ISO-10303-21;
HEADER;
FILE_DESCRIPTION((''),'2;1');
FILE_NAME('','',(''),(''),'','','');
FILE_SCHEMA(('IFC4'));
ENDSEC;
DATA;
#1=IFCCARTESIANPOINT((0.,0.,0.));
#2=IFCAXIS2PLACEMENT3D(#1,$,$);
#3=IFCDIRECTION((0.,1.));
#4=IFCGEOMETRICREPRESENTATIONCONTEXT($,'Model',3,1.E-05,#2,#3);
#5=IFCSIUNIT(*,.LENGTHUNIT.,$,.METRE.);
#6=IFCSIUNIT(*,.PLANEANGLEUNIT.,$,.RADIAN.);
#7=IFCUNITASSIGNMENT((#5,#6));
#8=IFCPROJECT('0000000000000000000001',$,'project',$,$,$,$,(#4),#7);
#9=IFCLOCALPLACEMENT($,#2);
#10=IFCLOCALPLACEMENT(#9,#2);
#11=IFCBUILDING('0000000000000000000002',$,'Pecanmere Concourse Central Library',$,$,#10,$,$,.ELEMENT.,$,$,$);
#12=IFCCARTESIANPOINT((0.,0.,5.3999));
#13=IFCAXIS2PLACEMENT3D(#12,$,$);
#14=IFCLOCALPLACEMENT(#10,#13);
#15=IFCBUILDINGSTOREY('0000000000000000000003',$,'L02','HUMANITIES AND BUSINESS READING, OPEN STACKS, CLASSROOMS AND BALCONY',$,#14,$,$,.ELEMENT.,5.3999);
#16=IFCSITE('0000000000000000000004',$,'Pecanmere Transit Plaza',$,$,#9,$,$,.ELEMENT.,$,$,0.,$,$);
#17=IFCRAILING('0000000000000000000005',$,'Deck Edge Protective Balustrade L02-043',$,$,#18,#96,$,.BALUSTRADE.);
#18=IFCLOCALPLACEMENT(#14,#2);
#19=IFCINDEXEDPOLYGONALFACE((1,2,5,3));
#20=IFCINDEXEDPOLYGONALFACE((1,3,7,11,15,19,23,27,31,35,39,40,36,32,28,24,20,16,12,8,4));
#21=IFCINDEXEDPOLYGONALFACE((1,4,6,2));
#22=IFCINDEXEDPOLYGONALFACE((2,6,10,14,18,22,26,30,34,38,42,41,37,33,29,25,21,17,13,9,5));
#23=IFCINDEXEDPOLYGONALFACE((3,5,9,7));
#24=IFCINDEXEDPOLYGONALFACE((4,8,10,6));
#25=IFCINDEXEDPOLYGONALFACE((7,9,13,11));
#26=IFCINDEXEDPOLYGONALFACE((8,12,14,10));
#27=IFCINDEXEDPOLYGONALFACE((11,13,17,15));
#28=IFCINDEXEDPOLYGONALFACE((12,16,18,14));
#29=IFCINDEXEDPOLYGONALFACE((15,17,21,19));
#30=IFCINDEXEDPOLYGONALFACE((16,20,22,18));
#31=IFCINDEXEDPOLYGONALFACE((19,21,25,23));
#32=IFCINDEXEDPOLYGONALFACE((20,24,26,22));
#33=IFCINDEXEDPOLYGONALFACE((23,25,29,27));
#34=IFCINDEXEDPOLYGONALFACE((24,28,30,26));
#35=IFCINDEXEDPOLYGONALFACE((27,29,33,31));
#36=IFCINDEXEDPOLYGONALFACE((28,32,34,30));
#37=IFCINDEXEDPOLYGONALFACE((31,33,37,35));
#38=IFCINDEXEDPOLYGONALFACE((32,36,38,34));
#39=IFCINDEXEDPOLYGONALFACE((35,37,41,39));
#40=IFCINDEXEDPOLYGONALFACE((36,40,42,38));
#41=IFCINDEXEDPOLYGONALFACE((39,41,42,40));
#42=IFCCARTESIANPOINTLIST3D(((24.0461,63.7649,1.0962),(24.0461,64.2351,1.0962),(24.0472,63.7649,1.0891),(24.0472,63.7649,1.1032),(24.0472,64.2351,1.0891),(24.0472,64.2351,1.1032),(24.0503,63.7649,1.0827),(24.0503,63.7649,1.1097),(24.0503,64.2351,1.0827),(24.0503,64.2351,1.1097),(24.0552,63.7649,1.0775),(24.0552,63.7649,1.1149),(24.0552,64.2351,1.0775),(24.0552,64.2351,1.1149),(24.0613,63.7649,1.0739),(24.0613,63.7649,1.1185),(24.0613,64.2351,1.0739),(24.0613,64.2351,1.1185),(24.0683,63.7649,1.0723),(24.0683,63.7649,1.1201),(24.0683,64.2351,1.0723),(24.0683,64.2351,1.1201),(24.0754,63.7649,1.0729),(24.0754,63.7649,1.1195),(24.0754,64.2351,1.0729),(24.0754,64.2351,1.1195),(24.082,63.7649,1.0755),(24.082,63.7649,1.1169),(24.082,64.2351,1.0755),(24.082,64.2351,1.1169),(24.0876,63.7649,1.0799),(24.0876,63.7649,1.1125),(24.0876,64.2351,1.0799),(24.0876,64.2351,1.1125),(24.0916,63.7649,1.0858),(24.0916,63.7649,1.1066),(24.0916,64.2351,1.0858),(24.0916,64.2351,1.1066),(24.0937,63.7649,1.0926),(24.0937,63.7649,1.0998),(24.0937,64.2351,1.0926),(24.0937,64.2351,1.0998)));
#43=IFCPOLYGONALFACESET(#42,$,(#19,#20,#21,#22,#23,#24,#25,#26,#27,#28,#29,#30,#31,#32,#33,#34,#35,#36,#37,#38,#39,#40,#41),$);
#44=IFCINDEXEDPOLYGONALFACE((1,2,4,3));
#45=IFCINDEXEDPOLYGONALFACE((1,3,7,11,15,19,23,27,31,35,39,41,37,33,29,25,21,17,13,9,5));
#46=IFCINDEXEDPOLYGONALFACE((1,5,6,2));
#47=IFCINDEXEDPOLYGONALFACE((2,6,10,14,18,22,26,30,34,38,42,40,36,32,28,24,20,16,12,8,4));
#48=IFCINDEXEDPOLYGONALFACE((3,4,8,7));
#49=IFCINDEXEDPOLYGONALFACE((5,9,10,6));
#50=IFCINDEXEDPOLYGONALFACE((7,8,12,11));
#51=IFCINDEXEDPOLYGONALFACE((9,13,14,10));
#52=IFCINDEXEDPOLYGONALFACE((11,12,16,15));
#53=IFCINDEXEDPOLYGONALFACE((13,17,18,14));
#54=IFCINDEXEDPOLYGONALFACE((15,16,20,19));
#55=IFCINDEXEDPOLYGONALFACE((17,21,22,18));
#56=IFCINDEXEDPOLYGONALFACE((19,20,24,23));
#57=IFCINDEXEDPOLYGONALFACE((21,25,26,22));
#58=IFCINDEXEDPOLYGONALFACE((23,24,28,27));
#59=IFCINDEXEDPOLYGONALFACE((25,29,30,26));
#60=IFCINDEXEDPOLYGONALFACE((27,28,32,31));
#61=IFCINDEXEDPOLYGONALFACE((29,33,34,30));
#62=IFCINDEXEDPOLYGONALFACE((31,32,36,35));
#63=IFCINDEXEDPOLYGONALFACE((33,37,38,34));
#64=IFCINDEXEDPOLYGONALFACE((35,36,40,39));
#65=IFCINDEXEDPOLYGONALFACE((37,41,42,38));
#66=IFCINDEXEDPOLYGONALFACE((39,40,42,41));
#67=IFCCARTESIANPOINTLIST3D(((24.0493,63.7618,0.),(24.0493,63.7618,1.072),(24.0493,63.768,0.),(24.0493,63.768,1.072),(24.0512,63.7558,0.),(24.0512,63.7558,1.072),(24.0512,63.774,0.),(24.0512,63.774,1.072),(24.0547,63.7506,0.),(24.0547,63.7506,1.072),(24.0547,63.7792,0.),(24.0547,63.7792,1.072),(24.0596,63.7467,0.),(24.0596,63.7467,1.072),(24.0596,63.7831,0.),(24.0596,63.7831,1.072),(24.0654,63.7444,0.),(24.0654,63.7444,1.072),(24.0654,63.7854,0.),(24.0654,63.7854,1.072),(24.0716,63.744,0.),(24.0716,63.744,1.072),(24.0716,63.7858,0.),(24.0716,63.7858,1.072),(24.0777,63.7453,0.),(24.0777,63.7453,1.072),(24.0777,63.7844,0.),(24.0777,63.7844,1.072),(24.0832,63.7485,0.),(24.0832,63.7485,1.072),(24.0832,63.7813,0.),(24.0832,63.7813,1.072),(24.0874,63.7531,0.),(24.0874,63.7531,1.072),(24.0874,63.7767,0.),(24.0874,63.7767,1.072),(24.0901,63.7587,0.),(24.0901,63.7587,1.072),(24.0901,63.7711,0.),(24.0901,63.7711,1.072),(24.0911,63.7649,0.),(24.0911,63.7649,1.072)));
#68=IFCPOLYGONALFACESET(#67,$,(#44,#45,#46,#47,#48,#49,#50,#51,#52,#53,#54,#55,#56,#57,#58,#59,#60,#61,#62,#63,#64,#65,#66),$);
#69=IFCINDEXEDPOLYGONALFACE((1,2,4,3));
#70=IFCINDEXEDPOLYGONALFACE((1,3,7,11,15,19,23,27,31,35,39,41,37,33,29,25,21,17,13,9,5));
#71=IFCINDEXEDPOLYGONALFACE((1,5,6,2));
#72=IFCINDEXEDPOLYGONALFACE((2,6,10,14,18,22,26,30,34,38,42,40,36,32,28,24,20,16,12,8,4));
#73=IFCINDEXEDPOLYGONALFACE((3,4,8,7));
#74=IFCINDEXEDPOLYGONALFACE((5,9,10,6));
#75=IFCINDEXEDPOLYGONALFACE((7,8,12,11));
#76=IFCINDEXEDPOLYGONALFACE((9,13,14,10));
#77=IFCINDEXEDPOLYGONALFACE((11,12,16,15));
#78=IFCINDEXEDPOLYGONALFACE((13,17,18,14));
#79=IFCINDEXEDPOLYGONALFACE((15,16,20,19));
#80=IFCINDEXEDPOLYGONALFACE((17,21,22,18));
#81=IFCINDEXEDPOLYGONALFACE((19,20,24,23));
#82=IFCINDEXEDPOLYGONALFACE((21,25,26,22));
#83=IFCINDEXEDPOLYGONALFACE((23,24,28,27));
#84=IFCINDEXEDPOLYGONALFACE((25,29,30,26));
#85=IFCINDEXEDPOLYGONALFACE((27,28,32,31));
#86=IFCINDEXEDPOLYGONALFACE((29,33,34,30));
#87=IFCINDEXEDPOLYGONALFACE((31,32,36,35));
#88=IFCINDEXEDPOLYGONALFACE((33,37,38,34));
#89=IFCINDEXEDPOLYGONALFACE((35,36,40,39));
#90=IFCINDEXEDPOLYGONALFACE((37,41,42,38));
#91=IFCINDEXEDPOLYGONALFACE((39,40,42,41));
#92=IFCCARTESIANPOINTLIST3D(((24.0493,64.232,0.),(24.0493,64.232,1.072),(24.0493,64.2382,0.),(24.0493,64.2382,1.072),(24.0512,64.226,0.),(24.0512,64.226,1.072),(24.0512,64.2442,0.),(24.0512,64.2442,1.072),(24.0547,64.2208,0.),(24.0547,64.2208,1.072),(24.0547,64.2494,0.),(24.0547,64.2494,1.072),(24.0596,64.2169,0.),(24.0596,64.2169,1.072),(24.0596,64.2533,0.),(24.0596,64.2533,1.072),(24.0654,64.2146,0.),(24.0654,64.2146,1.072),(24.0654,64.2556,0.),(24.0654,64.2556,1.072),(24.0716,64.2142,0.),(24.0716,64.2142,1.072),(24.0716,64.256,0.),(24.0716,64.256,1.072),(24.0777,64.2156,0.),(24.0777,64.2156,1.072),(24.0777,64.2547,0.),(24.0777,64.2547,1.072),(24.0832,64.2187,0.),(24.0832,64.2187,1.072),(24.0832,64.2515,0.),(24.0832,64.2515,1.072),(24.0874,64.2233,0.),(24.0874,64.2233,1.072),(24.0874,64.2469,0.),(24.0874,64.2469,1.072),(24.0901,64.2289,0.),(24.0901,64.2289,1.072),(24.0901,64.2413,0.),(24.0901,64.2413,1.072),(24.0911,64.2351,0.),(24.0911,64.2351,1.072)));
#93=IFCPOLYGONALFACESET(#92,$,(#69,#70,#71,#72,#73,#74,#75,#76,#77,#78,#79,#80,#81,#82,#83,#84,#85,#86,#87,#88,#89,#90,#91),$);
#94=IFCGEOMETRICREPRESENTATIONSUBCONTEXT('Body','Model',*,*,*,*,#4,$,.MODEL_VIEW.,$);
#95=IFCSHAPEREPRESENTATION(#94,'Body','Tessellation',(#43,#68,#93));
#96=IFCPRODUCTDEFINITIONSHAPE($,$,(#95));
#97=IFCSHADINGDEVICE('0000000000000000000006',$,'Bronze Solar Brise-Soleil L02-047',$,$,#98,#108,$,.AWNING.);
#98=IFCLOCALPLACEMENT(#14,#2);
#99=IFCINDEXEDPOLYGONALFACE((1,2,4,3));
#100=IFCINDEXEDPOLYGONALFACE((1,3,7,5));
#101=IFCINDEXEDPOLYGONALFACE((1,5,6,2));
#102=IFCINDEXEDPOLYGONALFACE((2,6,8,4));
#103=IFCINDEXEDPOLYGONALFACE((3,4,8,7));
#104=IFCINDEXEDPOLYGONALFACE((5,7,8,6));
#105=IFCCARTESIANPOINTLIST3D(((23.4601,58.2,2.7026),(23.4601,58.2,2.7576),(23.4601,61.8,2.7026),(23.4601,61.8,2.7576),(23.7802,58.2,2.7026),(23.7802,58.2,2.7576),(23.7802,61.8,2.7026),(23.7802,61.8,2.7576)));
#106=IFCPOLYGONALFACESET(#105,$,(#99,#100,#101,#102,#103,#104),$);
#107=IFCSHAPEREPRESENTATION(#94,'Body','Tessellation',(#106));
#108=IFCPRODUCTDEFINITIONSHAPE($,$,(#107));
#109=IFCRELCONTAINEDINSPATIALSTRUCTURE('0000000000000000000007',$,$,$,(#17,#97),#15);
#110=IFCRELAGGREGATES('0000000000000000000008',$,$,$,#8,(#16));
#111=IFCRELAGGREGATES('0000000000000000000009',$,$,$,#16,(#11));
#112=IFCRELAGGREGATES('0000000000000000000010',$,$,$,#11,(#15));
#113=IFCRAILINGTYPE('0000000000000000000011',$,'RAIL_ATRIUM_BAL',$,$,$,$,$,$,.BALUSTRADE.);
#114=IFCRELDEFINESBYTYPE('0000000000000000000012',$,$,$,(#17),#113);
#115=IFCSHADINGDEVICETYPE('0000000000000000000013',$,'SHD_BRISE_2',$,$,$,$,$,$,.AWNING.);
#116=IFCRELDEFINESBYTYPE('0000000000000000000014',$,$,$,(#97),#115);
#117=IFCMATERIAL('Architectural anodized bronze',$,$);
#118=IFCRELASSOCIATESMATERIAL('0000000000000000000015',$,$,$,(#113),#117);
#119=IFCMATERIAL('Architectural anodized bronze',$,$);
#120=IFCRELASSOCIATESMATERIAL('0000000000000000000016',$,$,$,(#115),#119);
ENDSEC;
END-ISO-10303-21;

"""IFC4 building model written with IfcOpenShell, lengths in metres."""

from ifc_helpers import new_model, si_unit, direction, frame, origin, origin_2d, place, context, subcontext, project, spatial, rectangle, circle, extrude, material, type_object, element, save


model = new_model("IFC4")

# Units and contexts
model_context = context("Model", 3, precision=1e-05, world=origin(), true_north=direction((0.0, 1.0)))
body_context = subcontext(model_context, "Body", "Model", "MODEL_VIEW")
ifc_project = project(units=[si_unit("LENGTHUNIT", "METRE"), si_unit("PLANEANGLEUNIT", "RADIAN")], contexts=[model_context])

# Site, building, storey
site_placement = place(None, origin())
site = spatial("IfcSite", under=ifc_project, at=site_placement, Name="Pecanmere Transit Plaza", CompositionType="ELEMENT", RefElevation=0.0)
building_placement = place(site_placement, origin())
building = spatial("IfcBuilding", under=site, at=building_placement, Name="Pecanmere Concourse Central Library", CompositionType="ELEMENT")
storey_placement = place(building_placement, frame((0.0, 0.0, 5.3999)))
storey = spatial("IfcBuildingStorey", under=building, at=storey_placement, Name="L02", Description="HUMANITIES AND BUSINESS READING, OPEN STACKS, CLASSROOMS AND BALCONY", CompositionType="ELEMENT", Elevation=5.3999)

# Railing
ifc_material_1 = material(Name="Architectural anodized bronze")
railing_type = type_object("IfcRailingType", Name="RAIL_ATRIUM_BAL", PredefinedType="BALUSTRADE", material=ifc_material_1)
for number, where, name in (
    (1, (24.0701, 63.7649, 0.0), "Deck Edge Protective Balustrade L02-043"),
):
    element("IfcRailing", number, at=place(storey_placement, frame(where)), inside=storey, type_object=railing_type, Name=name, PredefinedType="BALUSTRADE", context=body_context, shape_type="SweptSolid", body=[
        extrude(circle(Radius=0.0239, at=origin_2d()), frame((0.0, 0.0, 1.0962), z_axis=(0.0, 1.0, 0.0), x_axis=(-1.0, 0.0, 0.0)), (0.0, 0.0, 1.0), 0.4702),
        extrude(circle(Radius=0.021, at=origin_2d()), origin(), (0.0, 0.0, 1.0), 1.072),
        extrude(circle(Radius=0.021, at=origin_2d()), frame((0.0, 0.4702, 0.0)), (0.0, 0.0, 1.0), 1.072),
    ])

# Shading device
ifc_material_2 = material(Name="Architectural anodized bronze")
shading_device_type = type_object("IfcShadingDeviceType", Name="SHD_BRISE_2", PredefinedType="AWNING", material=ifc_material_2)
shading_device_placement = place(storey_placement, frame((23.6201, 60.0, 2.7026), z_axis=(0.0, 0.0, 1.0), x_axis=(0.0, -1.0, 0.0)))
element("IfcShadingDevice", 2, at=shading_device_placement, inside=storey, type_object=shading_device_type, Name="Bronze Solar Brise-Soleil L02-047", PredefinedType="AWNING", context=body_context, shape_type="SweptSolid", body=[
    extrude(rectangle(XDim=3.6001, YDim=0.3201, at=origin_2d()), origin(), (0.0, 0.0, 1.0), 0.0549),
])

save(model, "model.ifc")
